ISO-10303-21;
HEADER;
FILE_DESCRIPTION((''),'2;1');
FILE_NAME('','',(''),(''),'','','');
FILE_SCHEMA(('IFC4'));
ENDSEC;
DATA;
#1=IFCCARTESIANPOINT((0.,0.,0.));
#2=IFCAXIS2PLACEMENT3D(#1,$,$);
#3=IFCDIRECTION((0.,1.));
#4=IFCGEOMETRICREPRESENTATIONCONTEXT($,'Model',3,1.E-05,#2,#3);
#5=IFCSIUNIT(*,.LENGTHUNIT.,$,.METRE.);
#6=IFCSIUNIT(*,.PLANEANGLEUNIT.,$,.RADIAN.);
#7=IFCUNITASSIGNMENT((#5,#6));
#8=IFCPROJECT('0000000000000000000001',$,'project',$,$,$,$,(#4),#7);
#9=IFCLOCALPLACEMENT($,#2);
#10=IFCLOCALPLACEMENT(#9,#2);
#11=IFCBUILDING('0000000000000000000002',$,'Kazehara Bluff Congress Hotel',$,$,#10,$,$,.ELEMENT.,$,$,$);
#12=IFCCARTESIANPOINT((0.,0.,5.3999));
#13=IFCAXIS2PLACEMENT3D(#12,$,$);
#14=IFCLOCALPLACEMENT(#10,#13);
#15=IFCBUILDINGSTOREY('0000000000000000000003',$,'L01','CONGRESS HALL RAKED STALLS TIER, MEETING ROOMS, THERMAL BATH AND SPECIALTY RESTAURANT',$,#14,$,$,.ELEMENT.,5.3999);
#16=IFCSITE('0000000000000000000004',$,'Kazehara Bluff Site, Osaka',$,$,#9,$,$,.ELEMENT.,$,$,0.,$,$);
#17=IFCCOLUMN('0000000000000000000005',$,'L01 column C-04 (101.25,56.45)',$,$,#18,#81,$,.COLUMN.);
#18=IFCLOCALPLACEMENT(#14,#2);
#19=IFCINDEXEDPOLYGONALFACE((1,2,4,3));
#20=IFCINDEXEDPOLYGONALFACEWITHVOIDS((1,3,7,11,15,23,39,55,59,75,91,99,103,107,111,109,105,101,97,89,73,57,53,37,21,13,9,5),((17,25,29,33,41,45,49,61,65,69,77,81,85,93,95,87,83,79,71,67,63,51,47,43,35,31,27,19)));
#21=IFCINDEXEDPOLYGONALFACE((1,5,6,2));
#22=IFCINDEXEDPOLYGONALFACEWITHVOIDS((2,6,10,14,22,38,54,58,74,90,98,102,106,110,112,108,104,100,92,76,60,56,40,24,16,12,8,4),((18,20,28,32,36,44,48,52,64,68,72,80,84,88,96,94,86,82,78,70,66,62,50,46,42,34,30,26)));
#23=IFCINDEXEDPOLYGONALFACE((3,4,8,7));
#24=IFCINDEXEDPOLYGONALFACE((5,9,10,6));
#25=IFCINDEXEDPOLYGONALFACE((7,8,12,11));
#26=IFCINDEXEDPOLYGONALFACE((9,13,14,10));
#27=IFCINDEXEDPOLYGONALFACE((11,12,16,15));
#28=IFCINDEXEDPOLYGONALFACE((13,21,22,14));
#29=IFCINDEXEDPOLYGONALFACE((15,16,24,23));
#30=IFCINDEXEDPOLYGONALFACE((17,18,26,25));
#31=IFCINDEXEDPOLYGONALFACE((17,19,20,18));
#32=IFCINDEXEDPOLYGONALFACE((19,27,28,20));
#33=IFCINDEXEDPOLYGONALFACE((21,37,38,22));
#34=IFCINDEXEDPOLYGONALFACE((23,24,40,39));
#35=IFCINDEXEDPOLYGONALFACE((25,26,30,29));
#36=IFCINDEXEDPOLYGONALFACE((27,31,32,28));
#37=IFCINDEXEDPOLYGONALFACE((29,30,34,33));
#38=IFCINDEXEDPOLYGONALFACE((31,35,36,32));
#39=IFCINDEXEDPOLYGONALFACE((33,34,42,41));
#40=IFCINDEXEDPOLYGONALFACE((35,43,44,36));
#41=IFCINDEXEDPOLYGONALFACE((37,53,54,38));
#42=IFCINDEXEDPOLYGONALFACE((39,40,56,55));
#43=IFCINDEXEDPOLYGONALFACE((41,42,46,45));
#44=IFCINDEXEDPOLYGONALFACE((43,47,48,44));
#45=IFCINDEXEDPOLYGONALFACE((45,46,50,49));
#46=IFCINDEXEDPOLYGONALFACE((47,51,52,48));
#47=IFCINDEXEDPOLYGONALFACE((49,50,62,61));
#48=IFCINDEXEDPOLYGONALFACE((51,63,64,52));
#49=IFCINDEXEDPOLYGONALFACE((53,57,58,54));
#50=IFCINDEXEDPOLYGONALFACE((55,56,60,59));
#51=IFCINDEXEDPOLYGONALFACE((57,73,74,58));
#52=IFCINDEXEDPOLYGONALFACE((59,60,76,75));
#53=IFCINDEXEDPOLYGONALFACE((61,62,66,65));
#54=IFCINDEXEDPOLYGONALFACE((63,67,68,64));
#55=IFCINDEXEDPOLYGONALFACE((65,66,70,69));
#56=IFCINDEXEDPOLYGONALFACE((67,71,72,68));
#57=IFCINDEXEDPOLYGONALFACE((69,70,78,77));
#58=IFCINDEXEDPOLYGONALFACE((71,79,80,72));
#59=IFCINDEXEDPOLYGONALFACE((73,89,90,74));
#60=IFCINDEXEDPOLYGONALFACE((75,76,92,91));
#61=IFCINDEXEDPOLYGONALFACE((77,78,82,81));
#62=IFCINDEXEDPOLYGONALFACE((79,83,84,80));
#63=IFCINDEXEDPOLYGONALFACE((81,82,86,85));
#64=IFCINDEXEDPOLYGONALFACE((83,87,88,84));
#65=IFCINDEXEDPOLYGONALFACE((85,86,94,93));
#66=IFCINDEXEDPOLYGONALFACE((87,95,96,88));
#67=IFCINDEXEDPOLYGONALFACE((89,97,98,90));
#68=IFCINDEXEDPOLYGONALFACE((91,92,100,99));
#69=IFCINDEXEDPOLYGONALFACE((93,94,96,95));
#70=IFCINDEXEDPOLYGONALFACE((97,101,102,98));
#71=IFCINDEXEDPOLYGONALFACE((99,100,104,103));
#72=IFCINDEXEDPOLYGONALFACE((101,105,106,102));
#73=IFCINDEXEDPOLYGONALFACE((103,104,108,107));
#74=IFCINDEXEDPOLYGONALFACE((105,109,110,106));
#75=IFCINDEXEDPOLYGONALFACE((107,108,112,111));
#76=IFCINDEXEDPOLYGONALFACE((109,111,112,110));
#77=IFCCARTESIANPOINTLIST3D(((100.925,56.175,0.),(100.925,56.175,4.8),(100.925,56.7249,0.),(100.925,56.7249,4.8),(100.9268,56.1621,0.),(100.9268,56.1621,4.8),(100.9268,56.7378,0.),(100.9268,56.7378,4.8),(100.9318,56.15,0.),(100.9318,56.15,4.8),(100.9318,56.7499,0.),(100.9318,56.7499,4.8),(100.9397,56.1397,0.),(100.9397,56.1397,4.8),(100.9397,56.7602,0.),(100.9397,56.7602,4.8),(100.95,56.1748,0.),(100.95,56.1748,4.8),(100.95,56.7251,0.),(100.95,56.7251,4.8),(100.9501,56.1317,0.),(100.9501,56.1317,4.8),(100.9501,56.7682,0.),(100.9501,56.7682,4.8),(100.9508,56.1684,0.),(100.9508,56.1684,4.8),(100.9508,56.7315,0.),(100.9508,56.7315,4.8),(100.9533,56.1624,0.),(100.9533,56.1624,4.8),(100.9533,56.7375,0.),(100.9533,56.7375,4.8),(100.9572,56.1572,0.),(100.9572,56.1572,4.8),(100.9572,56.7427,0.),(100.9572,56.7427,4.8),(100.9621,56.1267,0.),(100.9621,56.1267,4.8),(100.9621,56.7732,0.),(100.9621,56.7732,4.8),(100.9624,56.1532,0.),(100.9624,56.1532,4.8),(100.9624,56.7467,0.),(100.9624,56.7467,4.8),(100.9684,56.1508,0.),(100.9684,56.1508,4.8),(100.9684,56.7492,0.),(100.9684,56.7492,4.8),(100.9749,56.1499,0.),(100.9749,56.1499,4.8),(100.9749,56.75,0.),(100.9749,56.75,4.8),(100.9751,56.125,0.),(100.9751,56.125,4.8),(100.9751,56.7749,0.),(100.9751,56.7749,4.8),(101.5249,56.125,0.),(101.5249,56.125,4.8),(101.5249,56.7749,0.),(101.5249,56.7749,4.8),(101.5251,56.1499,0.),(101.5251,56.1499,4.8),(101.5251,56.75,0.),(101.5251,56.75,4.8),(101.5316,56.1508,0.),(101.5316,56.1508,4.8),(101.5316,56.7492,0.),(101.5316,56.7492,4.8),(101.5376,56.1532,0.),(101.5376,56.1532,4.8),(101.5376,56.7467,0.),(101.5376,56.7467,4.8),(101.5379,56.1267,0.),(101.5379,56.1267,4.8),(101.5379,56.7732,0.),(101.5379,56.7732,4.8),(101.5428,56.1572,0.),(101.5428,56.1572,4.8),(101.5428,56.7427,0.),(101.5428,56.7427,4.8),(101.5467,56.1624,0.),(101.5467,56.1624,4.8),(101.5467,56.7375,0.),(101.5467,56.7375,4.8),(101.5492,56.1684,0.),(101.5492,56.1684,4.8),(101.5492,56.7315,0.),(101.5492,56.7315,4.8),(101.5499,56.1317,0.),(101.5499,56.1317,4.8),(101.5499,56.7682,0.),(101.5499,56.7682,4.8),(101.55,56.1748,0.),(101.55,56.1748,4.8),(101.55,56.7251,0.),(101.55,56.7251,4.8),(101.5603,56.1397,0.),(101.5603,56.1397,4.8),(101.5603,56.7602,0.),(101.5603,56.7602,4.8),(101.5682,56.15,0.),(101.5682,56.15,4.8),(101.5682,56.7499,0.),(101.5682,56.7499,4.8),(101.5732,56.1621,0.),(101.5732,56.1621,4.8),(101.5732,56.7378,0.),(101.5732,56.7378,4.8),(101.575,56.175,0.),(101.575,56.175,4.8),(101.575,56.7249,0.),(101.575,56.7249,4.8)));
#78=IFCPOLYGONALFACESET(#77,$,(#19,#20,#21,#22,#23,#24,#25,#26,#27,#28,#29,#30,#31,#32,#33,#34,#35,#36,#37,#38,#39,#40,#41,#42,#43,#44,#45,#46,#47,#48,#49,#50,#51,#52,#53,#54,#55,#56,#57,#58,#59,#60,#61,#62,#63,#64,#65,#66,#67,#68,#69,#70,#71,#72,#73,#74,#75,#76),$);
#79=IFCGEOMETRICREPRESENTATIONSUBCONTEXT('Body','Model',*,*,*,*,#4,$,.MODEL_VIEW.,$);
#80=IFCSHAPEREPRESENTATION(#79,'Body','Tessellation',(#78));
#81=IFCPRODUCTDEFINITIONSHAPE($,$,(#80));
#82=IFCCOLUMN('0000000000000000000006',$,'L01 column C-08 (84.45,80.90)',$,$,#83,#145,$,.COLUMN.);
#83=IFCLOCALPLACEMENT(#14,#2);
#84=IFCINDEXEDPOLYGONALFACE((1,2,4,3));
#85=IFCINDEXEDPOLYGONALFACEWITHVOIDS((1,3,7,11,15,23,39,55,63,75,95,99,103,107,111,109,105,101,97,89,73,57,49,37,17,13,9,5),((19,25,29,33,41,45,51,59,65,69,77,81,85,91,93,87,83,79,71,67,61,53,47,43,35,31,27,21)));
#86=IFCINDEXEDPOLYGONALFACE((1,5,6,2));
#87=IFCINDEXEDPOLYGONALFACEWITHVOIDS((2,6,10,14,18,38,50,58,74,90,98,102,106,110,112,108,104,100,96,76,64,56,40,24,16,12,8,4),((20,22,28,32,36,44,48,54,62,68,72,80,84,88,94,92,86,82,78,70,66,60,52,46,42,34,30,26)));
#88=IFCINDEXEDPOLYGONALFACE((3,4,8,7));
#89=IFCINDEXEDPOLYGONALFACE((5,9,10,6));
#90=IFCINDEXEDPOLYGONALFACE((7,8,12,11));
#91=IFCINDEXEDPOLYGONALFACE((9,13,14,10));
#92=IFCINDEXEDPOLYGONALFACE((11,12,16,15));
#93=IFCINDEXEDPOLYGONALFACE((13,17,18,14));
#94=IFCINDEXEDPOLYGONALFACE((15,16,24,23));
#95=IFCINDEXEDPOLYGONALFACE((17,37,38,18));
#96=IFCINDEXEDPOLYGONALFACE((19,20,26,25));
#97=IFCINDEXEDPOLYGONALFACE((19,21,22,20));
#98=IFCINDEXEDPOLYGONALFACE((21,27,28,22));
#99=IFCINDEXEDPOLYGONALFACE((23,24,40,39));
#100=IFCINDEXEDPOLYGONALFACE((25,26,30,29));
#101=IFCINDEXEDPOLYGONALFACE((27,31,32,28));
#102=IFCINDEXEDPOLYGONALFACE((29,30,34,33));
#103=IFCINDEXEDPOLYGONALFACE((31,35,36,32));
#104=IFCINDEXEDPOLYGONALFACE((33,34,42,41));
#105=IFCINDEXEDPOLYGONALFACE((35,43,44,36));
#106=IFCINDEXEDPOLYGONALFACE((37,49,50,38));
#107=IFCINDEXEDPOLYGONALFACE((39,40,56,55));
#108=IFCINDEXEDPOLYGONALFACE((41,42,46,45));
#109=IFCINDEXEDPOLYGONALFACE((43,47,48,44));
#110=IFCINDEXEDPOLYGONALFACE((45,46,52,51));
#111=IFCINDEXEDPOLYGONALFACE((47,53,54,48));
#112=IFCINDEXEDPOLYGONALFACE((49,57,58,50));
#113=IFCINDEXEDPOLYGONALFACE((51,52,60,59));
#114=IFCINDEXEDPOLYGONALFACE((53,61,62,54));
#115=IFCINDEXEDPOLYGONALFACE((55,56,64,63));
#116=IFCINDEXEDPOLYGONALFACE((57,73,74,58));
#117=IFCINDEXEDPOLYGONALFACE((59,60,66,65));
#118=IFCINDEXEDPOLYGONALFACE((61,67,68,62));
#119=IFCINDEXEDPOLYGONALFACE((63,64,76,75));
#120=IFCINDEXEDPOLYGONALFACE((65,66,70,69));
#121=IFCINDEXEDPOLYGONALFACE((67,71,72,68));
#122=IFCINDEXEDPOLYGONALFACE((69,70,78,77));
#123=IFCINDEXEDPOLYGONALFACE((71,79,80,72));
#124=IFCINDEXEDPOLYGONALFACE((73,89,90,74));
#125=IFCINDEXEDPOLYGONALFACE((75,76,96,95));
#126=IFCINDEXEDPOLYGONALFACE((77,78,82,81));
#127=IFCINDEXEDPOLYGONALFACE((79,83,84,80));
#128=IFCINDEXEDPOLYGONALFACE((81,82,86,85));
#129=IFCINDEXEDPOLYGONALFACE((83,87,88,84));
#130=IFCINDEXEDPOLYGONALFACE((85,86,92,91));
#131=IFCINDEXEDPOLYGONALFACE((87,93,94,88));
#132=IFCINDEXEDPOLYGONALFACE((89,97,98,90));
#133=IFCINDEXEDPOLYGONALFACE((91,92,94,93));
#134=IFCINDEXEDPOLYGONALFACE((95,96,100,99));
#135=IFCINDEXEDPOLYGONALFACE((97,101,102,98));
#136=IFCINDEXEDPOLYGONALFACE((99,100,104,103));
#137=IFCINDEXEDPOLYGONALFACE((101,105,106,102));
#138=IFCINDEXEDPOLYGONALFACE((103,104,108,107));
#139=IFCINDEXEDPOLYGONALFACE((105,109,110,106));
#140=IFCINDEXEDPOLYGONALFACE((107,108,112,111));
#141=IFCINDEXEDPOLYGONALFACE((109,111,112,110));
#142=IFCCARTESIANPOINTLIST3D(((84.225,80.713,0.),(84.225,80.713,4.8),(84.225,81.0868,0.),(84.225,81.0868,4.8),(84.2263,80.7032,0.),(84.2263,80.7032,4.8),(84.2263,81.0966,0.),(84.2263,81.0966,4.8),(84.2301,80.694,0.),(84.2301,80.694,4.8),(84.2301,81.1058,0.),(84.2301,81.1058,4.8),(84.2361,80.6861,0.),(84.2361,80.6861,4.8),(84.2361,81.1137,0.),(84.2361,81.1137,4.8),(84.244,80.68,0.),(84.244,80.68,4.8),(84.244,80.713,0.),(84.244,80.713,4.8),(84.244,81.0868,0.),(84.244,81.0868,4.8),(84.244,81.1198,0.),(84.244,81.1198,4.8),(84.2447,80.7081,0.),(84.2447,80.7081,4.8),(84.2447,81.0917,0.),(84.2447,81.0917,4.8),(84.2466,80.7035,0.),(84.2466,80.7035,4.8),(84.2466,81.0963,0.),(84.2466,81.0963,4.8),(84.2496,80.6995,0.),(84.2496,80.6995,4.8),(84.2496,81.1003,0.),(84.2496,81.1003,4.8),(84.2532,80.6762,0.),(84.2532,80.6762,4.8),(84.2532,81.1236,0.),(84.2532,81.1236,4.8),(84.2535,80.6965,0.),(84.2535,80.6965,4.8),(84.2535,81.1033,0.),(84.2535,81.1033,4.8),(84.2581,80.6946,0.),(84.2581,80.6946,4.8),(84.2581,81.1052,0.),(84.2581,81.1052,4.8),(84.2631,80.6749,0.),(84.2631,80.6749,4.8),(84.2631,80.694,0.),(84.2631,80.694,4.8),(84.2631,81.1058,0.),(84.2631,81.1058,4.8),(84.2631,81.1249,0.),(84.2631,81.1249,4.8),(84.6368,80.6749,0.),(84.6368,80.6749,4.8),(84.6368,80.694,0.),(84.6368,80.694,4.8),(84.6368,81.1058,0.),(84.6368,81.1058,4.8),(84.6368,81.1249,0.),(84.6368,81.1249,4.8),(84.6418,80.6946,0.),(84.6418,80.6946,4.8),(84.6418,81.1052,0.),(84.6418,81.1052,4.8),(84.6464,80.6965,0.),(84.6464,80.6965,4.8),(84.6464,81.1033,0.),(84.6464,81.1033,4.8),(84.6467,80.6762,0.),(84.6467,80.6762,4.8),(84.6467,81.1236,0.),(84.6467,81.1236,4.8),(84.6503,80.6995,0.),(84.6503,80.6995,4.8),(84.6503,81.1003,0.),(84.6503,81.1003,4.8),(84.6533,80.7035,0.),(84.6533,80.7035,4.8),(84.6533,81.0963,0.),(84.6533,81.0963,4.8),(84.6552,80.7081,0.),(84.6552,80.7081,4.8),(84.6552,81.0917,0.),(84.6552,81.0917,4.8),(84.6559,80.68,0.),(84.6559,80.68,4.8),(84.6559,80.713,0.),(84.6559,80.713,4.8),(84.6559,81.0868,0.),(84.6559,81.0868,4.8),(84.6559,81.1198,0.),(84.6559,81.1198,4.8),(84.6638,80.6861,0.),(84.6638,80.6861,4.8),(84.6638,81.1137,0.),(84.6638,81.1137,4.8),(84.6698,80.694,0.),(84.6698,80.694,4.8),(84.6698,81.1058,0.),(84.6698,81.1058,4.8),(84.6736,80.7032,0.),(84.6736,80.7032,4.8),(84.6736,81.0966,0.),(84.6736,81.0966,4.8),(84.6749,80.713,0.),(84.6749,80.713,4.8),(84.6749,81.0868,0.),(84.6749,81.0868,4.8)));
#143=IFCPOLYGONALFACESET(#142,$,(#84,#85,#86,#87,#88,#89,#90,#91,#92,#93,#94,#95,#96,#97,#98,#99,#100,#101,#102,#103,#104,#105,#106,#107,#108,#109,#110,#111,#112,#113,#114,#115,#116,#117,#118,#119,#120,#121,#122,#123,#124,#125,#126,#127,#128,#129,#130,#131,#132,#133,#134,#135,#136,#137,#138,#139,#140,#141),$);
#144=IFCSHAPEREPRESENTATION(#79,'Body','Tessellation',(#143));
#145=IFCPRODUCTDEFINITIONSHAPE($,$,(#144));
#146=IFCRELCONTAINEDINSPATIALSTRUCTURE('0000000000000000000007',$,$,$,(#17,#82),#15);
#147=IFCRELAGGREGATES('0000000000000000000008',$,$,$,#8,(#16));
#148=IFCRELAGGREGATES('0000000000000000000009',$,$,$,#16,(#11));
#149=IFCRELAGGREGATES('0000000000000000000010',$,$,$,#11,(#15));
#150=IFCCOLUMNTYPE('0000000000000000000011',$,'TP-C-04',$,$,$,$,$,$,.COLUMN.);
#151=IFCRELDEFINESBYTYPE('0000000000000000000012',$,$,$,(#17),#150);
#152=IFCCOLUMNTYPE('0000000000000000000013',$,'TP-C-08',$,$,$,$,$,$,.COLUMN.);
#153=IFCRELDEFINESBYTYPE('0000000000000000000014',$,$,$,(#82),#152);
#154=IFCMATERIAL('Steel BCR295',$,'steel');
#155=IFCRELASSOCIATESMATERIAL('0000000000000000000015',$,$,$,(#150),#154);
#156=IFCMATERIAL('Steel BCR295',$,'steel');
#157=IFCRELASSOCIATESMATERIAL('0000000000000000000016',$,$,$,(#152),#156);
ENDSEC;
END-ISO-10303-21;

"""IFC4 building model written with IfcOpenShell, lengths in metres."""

from ifc_helpers import new_model, si_unit, direction, frame, origin, origin_2d, place, context, subcontext, project, spatial, hollow_rectangle, extrude, material, material_profile, profile_set, type_object, element, save


model = new_model("IFC4")

# Units and contexts
model_context = context("Model", 3, precision=1e-05, world=origin(), true_north=direction((0.0, 1.0)))
body_context = subcontext(model_context, "Body", "Model", "MODEL_VIEW")
ifc_project = project(units=[si_unit("LENGTHUNIT", "METRE"), si_unit("PLANEANGLEUNIT", "RADIAN")], contexts=[model_context])

# Site, building, storey
site_placement = place(None, origin())
site = spatial("IfcSite", under=ifc_project, at=site_placement, Name="Kazehara Bluff Site, Osaka", CompositionType="ELEMENT", RefElevation=0.0)
building_placement = place(site_placement, origin())
building = spatial("IfcBuilding", under=site, at=building_placement, Name="Kazehara Bluff Congress Hotel", CompositionType="ELEMENT")
storey_placement = place(building_placement, frame((0.0, 0.0, 5.3999)))
storey = spatial("IfcBuildingStorey", under=building, at=storey_placement, Name="L01", Description="CONGRESS HALL RAKED STALLS TIER, MEETING ROOMS, THERMAL BATH AND SPECIALTY RESTAURANT", CompositionType="ELEMENT", Elevation=5.3999)

# Columns
ifc_material_1 = material(Name="Steel BCR295", Category="steel")
ifc_material_profile_1 = material_profile(ifc_material_1, hollow_rectangle(XDim=0.6499, YDim=0.6499, WallThickness=0.0249, InnerFilletRadius=0.0249, OuterFilletRadius=0.05, at=origin_2d()))
ifc_profile_set_1 = profile_set([ifc_material_profile_1], Name="Steel BCR295")
column_type_1 = type_object("IfcColumnType", Name="TP-C-04", PredefinedType="COLUMN", material=ifc_profile_set_1)
column_1_placement = place(storey_placement, frame((101.25, 56.45, 0.0), z_axis=(0.0, 0.0, 1.0), x_axis=(1.0, 0.0, 0.0)))
element("IfcColumn", 1, at=column_1_placement, inside=storey, type_object=column_type_1, Name="L01 column C-04 (101.25,56.45)", PredefinedType="COLUMN", context=body_context, shape_type="SweptSolid", body=[
    extrude(hollow_rectangle(XDim=0.6499, YDim=0.6499, WallThickness=0.0249, InnerFilletRadius=0.0249, OuterFilletRadius=0.05, at=origin_2d()), origin(), (0.0, 0.0, 1.0), 4.8),
])
ifc_material_2 = material(Name="Steel BCR295", Category="steel")
ifc_material_profile_2 = material_profile(ifc_material_2, hollow_rectangle(XDim=0.45, YDim=0.45, WallThickness=0.019, InnerFilletRadius=0.019, OuterFilletRadius=0.0381, at=origin_2d()))
ifc_profile_set_2 = profile_set([ifc_material_profile_2], Name="Steel BCR295")
column_type_2 = type_object("IfcColumnType", Name="TP-C-08", PredefinedType="COLUMN", material=ifc_profile_set_2)
column_2_placement = place(storey_placement, frame((84.45, 80.8999, 0.0), z_axis=(0.0, 0.0, 1.0), x_axis=(1.0, 0.0, 0.0)))
element("IfcColumn", 2, at=column_2_placement, inside=storey, type_object=column_type_2, Name="L01 column C-08 (84.45,80.90)", PredefinedType="COLUMN", context=body_context, shape_type="SweptSolid", body=[
    extrude(hollow_rectangle(XDim=0.45, YDim=0.45, WallThickness=0.019, InnerFilletRadius=0.019, OuterFilletRadius=0.0381, at=origin_2d()), origin(), (0.0, 0.0, 1.0), 4.8),
])

save(model, "model.ifc")
